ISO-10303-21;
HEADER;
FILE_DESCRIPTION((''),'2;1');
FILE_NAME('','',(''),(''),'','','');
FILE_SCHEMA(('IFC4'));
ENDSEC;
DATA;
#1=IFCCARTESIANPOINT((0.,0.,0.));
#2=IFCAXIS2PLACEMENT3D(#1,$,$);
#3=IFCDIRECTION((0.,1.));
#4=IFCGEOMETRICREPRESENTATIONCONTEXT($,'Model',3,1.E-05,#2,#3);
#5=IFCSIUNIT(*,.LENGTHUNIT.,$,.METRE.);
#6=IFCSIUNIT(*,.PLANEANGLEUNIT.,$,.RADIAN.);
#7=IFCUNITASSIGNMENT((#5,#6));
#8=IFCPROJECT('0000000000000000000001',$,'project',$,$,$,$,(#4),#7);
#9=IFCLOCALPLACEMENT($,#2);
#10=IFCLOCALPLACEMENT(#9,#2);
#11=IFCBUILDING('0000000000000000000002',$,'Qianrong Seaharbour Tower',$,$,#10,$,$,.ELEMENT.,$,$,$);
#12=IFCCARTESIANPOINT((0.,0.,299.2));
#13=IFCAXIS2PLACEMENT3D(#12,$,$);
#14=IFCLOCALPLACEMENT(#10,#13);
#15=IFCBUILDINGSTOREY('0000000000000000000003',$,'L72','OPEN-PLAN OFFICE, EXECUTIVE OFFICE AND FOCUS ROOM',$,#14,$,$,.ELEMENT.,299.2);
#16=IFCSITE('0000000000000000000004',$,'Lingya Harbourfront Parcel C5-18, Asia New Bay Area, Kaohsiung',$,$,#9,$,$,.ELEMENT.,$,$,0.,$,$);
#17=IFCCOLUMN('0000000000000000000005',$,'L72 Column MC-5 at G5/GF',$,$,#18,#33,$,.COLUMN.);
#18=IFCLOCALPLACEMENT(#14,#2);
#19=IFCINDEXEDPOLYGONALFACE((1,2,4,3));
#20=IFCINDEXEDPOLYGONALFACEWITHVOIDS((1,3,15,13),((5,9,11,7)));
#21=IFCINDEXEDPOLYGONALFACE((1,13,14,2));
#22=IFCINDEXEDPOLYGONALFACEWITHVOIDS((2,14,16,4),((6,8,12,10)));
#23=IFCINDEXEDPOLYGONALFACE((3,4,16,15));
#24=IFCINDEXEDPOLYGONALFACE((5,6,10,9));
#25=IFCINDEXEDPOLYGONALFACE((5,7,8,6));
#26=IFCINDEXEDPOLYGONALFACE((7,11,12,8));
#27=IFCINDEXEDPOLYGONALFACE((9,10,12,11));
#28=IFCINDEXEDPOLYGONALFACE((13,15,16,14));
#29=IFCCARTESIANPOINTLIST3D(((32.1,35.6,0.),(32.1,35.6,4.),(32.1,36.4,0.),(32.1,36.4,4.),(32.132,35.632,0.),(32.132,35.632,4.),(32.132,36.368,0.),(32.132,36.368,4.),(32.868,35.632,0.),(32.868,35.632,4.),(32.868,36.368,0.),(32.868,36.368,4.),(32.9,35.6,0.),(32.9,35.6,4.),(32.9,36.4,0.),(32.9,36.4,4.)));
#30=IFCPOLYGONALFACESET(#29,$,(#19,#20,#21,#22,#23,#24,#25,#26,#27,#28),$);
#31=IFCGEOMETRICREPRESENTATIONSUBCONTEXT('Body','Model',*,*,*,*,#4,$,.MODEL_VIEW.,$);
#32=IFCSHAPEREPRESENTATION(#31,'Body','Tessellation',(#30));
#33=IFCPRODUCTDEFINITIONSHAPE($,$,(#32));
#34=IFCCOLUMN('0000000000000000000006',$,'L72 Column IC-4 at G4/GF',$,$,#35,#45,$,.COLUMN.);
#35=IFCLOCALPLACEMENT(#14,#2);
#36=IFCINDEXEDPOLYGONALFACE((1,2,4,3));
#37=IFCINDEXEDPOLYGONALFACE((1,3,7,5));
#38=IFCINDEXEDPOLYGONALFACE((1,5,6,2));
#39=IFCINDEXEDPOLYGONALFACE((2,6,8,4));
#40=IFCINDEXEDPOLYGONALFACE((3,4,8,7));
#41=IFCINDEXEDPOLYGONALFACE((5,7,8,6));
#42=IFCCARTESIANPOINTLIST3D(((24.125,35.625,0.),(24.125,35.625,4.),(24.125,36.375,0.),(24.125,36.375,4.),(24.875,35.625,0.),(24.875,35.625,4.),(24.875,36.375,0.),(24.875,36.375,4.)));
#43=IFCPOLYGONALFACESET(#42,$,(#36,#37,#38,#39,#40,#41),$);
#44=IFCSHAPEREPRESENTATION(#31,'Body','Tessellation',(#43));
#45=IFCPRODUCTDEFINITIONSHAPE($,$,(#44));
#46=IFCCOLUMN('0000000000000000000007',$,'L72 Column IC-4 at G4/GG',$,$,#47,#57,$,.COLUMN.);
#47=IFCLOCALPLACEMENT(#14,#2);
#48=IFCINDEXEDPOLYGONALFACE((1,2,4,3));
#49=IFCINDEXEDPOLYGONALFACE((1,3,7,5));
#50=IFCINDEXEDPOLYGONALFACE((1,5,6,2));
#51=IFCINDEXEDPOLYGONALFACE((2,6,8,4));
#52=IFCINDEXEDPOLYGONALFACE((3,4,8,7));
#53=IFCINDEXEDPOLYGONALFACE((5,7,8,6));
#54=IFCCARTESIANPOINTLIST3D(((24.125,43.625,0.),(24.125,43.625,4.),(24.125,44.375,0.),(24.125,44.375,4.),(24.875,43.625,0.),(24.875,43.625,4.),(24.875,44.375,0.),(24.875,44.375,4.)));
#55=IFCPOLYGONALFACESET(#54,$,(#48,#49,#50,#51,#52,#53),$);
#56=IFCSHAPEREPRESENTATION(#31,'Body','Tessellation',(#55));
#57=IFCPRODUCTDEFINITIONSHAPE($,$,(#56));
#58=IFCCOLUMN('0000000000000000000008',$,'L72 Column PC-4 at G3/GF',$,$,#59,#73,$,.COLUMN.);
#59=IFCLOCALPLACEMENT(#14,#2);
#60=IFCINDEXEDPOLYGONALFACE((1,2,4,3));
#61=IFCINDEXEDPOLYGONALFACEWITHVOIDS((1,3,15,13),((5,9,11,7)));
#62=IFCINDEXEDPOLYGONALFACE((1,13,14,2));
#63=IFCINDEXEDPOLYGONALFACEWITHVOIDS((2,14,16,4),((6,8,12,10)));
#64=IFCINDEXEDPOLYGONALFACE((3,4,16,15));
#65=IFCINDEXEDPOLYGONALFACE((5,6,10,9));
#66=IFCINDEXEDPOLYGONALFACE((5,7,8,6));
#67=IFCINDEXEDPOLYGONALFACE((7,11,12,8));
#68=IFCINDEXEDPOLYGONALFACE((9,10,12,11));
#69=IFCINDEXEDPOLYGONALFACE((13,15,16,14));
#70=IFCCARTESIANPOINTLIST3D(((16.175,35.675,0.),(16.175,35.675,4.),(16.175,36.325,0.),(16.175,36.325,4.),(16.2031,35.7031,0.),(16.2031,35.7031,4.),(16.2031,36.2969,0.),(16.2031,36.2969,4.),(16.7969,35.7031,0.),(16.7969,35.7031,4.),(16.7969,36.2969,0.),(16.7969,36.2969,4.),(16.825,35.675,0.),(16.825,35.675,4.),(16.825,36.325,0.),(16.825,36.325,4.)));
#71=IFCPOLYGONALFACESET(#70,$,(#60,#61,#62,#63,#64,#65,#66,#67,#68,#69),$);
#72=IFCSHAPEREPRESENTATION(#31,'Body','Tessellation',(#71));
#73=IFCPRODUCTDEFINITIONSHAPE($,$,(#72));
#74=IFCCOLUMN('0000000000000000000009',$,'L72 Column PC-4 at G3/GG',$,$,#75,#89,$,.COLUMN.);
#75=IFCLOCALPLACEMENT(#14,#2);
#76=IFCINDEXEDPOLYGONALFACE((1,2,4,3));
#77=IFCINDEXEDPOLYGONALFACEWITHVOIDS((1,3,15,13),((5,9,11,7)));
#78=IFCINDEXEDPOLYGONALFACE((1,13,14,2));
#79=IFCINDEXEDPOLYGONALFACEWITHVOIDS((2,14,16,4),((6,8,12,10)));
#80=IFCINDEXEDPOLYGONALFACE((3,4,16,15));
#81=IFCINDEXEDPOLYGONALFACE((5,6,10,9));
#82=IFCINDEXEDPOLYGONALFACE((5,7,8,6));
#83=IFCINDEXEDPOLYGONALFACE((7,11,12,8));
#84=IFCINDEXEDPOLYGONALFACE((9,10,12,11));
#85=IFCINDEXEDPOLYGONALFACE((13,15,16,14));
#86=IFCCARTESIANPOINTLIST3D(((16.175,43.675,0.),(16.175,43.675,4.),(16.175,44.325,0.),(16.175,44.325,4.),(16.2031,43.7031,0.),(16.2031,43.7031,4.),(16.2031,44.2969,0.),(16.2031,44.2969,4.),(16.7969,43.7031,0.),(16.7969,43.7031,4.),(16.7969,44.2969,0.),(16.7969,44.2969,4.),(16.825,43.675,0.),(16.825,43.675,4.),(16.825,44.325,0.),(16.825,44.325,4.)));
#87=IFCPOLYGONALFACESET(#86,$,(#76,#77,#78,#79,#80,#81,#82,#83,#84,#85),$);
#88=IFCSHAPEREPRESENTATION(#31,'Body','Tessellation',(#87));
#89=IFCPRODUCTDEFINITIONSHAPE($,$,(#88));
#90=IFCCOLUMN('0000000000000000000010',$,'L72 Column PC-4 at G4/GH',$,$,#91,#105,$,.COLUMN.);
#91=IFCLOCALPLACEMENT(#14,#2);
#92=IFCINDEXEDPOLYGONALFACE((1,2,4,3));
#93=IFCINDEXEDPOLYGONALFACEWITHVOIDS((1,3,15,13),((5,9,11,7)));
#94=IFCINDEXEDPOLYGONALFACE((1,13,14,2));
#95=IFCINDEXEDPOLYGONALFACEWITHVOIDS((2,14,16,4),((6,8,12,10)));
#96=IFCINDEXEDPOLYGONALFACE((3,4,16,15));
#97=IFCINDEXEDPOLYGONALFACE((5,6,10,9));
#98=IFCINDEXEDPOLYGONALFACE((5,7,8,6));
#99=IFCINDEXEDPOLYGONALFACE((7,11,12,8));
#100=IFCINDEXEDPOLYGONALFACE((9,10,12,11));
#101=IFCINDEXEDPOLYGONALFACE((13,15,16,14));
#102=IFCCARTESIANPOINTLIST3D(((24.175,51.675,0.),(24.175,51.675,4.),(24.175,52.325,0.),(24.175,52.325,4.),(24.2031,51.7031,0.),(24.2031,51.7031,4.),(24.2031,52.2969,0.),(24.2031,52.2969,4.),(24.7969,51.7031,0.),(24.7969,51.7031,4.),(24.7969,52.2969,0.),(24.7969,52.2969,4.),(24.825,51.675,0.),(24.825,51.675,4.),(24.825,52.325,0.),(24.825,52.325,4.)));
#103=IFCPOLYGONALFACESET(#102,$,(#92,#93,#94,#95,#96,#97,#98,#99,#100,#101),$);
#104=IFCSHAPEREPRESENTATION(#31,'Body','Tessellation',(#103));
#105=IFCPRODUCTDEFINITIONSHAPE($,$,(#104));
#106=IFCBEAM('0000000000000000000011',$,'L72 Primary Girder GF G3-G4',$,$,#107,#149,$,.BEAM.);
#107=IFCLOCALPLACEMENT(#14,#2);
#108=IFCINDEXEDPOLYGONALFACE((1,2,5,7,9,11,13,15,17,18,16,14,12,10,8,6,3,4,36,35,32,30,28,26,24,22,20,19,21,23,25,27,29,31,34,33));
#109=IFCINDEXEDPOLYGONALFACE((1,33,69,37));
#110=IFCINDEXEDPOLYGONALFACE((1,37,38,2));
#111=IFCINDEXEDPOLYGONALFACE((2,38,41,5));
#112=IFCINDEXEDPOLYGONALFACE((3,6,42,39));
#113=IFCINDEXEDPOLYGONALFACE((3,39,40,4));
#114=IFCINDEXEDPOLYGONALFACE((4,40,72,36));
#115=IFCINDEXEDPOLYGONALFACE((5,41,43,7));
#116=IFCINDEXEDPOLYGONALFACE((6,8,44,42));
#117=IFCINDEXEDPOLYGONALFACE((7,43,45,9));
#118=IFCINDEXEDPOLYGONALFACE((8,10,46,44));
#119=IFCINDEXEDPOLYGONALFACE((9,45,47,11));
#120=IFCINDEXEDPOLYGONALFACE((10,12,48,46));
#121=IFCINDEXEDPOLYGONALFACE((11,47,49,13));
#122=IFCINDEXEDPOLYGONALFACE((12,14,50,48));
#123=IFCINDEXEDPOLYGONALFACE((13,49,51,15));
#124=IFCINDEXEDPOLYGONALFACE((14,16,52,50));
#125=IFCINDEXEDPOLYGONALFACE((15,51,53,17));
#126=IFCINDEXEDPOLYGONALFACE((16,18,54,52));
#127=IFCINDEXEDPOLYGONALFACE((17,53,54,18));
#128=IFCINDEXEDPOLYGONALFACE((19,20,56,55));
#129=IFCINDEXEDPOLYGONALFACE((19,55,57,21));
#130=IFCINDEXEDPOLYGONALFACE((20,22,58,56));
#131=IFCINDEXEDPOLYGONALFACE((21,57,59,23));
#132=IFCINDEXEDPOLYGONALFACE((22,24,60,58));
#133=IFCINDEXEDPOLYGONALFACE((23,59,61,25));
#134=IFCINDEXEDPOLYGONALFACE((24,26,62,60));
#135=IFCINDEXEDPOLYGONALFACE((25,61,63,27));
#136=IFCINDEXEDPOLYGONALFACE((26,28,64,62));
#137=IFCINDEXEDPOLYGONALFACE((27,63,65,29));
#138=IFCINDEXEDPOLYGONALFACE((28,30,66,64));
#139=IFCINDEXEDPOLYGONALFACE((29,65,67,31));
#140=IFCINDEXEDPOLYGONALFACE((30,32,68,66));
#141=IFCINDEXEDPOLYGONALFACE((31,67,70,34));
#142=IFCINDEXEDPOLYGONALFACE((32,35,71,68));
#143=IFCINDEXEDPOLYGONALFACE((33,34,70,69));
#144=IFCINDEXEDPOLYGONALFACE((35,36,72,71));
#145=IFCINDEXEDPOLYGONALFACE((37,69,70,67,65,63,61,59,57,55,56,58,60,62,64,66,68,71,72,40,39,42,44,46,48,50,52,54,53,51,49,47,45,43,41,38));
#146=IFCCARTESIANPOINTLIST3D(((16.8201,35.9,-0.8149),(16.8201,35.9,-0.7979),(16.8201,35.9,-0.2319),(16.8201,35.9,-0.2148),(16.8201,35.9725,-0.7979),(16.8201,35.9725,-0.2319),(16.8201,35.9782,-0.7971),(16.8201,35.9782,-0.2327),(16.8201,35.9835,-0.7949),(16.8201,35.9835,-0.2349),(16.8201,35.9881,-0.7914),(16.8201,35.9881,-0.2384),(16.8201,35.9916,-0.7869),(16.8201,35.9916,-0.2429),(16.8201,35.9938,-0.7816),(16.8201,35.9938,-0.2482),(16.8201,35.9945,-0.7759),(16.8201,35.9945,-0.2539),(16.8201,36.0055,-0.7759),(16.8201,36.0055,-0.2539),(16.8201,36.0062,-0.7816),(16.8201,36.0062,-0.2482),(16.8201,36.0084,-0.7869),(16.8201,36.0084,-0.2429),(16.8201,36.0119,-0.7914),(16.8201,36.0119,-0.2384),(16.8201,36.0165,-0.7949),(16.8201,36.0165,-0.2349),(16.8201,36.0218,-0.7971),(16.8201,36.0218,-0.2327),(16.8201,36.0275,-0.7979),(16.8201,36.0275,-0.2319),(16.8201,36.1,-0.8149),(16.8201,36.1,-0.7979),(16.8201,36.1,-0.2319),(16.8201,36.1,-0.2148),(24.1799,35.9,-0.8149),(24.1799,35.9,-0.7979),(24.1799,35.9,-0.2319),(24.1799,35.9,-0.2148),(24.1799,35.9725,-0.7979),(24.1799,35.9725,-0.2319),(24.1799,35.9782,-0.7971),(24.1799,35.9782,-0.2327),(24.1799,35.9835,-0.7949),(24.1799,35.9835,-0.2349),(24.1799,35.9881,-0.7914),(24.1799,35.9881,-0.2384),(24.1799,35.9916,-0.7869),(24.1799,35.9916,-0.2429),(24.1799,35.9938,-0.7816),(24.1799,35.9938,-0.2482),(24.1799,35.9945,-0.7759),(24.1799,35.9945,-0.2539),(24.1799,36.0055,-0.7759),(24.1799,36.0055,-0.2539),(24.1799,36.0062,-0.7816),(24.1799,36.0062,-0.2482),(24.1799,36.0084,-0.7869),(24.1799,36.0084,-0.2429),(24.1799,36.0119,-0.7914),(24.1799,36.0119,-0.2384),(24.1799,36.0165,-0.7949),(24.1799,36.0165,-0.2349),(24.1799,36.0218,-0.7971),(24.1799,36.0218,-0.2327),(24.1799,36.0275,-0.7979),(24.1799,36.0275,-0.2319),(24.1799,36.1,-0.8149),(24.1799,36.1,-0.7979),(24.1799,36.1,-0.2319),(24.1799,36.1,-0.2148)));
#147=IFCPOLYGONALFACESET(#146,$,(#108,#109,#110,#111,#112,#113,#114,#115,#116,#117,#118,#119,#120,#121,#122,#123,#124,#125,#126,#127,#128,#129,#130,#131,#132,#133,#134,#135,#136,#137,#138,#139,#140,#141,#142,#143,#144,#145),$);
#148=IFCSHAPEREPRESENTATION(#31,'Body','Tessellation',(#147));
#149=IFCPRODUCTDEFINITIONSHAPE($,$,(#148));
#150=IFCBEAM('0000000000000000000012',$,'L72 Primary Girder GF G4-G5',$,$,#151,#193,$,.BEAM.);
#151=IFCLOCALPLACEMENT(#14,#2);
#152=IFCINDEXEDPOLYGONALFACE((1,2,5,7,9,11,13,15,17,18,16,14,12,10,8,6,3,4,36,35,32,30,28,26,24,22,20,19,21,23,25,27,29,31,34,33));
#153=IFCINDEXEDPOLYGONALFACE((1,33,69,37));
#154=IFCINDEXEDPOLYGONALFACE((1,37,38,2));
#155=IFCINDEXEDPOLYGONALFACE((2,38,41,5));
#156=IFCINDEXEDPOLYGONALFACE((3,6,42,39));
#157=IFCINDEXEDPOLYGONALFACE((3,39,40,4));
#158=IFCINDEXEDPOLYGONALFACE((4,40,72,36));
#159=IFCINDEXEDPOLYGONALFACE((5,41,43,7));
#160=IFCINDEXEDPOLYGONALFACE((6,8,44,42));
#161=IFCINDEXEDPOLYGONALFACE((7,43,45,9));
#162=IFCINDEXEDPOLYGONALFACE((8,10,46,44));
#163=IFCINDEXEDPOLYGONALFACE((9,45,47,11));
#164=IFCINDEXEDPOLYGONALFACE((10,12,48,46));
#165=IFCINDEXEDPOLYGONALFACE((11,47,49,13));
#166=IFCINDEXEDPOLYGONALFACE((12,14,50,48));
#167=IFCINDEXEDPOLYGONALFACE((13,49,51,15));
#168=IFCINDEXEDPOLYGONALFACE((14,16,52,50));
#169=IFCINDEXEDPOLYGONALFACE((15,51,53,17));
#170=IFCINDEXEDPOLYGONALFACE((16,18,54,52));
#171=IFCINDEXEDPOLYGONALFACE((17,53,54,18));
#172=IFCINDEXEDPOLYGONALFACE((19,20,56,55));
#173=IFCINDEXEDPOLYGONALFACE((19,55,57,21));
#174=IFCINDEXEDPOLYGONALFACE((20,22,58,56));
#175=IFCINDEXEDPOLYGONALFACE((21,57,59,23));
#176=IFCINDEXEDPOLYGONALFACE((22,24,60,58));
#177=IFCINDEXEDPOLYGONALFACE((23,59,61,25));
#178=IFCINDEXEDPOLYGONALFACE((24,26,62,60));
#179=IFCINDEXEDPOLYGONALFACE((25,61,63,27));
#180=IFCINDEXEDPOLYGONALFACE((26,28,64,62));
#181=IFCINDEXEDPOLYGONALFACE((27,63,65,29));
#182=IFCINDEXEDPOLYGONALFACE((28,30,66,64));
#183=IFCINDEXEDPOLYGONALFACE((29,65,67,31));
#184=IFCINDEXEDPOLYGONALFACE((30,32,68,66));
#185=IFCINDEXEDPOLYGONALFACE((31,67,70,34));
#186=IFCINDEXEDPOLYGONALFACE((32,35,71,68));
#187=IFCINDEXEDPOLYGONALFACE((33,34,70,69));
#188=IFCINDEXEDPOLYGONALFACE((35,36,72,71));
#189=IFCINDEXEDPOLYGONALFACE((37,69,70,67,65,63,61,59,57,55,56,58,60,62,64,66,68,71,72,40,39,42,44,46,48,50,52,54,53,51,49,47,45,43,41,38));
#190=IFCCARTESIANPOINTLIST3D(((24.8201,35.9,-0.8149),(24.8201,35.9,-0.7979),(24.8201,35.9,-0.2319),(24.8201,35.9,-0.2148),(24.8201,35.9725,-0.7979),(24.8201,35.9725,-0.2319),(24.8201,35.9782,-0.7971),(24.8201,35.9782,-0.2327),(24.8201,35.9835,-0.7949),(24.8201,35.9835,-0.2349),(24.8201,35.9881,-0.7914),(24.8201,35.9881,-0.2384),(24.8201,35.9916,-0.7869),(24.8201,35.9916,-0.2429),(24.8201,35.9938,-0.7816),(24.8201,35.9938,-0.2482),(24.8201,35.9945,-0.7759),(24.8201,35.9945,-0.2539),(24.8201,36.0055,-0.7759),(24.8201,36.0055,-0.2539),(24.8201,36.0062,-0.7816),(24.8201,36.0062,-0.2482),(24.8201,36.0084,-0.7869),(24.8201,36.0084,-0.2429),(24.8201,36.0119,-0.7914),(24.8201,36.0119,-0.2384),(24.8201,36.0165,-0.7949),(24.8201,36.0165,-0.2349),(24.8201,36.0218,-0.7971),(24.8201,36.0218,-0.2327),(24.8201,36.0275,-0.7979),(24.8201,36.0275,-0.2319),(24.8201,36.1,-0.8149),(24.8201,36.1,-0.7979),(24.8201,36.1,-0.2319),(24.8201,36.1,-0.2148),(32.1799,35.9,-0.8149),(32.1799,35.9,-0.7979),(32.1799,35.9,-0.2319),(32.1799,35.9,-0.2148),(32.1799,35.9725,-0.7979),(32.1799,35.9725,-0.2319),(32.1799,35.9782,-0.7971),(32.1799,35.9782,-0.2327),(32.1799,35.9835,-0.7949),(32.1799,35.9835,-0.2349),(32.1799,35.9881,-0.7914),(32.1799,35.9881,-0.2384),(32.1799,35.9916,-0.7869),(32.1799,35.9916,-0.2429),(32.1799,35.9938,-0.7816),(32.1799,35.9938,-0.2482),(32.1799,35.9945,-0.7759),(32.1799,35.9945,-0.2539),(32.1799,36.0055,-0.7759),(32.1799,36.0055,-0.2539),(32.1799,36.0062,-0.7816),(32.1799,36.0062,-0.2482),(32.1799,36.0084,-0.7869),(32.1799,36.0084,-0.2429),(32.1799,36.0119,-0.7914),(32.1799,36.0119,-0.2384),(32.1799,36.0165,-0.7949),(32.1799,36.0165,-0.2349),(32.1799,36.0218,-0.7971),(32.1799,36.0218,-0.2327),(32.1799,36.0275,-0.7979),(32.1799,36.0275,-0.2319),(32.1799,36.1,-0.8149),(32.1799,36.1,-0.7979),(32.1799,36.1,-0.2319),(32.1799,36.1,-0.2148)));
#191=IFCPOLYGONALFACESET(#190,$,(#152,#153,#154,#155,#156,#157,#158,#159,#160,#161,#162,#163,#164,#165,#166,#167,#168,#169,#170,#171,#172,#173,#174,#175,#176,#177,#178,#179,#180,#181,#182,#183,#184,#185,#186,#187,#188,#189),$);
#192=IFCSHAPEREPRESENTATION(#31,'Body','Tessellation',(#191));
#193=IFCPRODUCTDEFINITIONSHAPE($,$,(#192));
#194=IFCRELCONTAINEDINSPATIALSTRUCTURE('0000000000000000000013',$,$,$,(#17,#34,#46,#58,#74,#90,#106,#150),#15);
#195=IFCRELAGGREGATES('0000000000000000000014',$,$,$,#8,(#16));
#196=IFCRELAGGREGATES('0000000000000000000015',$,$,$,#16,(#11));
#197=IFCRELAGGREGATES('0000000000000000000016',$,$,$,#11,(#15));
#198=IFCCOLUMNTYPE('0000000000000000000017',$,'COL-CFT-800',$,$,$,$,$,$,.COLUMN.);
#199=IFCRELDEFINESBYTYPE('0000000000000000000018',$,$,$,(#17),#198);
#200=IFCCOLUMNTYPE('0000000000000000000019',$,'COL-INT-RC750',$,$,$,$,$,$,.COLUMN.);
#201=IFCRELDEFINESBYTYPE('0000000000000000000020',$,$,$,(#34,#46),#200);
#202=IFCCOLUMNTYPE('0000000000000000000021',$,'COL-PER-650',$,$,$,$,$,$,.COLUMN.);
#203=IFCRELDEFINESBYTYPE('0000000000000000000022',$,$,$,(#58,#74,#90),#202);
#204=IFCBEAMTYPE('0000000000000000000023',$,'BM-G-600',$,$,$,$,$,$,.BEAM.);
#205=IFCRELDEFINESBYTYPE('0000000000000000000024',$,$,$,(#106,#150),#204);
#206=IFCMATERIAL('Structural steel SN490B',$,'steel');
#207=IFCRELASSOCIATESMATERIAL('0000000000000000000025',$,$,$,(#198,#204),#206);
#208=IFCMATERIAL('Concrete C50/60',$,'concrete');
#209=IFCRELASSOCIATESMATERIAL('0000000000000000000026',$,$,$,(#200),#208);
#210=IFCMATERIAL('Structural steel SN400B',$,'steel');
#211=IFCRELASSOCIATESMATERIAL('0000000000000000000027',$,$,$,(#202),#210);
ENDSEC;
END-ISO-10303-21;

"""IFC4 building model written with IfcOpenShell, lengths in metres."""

from ifc_helpers import new_model, si_unit, direction, frame, origin, origin_2d, place, context, subcontext, project, spatial, rectangle, hollow_rectangle, i_section, extrude, material, material_profile, profile_set, type_object, element, save


model = new_model("IFC4")

# Units and contexts
model_context = context("Model", 3, precision=1e-05, world=origin(), true_north=direction((0.0, 1.0)))
body_context = subcontext(model_context, "Body", "Model", "MODEL_VIEW")
ifc_project = project(units=[si_unit("LENGTHUNIT", "METRE"), si_unit("PLANEANGLEUNIT", "RADIAN")], contexts=[model_context])

# Site, building, storey
site_placement = place(None, origin())
site = spatial("IfcSite", under=ifc_project, at=site_placement, Name="Lingya Harbourfront Parcel C5-18, Asia New Bay Area, Kaohsiung", CompositionType="ELEMENT", RefElevation=0.0)
building_placement = place(site_placement, origin())
building = spatial("IfcBuilding", under=site, at=building_placement, Name="Qianrong Seaharbour Tower", CompositionType="ELEMENT")
storey_placement = place(building_placement, frame((0.0, 0.0, 299.2)))
storey = spatial("IfcBuildingStorey", under=building, at=storey_placement, Name="L72", Description="OPEN-PLAN OFFICE, EXECUTIVE OFFICE AND FOCUS ROOM", CompositionType="ELEMENT", Elevation=299.2)

# Columns
ifc_material_1 = material(Name="Structural steel SN490B", Category="steel")
ifc_material_profile_1 = material_profile(ifc_material_1, hollow_rectangle(XDim=0.8, YDim=0.8, WallThickness=0.032, at=origin_2d()), Name="BOX800x800x32")
ifc_profile_set_1 = profile_set([ifc_material_profile_1], Name="Structural steel SN490B")
column_type_1 = type_object("IfcColumnType", Name="COL-CFT-800", PredefinedType="COLUMN", material=ifc_profile_set_1)
column_placement = place(storey_placement, frame((32.5, 36.0, 0.0), z_axis=(0.0, 0.0, 1.0), x_axis=(1.0, 0.0, 0.0)))
element("IfcColumn", 1, at=column_placement, inside=storey, type_object=column_type_1, Name="L72 Column MC-5 at G5/GF", PredefinedType="COLUMN", context=body_context, shape_type="SweptSolid", body=[
    extrude(hollow_rectangle(XDim=0.8, YDim=0.8, WallThickness=0.032, at=origin_2d()), origin(), (0.0, 0.0, 1.0), 4.0),
])
ifc_material_2 = material(Name="Concrete C50/60", Category="concrete")
ifc_material_profile_2 = material_profile(ifc_material_2, rectangle(XDim=0.75, YDim=0.75, at=origin_2d()), Name="RC750x750")
ifc_profile_set_2 = profile_set([ifc_material_profile_2], Name="Concrete C50/60")
column_type_2 = type_object("IfcColumnType", Name="COL-INT-RC750", PredefinedType="COLUMN", material=ifc_profile_set_2)
for number, where, z_axis, x_axis, name in (
    (2, (24.5, 36.0, 0.0), (0.0, 0.0, 1.0), (1.0, 0.0, 0.0), "L72 Column IC-4 at G4/GF"),
    (3, (24.5, 44.0, 0.0), (0.0, 0.0, 1.0), (1.0, 0.0, 0.0), "L72 Column IC-4 at G4/GG"),
):
    element("IfcColumn", number, at=place(storey_placement, frame(where, z_axis=z_axis, x_axis=x_axis)), inside=storey, type_object=column_type_2, Name=name, PredefinedType="COLUMN", context=body_context, shape_type="SweptSolid", body=[
        extrude(rectangle(XDim=0.75, YDim=0.75, at=origin_2d()), origin(), (0.0, 0.0, 1.0), 4.0),
    ])
ifc_material_3 = material(Name="Structural steel SN400B", Category="steel")
ifc_material_profile_3 = material_profile(ifc_material_3, hollow_rectangle(XDim=0.6499, YDim=0.6499, WallThickness=0.0281, at=origin_2d()), Name="BOX650x650x28")
ifc_profile_set_3 = profile_set([ifc_material_profile_3], Name="Structural steel SN400B")
column_type_3 = type_object("IfcColumnType", Name="COL-PER-650", PredefinedType="COLUMN", material=ifc_profile_set_3)
for number, where, z_axis, x_axis, name in (
    (4, (16.5, 36.0, 0.0), (0.0, 0.0, 1.0), (1.0, 0.0, 0.0), "L72 Column PC-4 at G3/GF"),
    (5, (16.5, 44.0, 0.0), (0.0, 0.0, 1.0), (1.0, 0.0, 0.0), "L72 Column PC-4 at G3/GG"),
    (6, (24.5, 52.0, 0.0), (0.0, 0.0, 1.0), (1.0, 0.0, 0.0), "L72 Column PC-4 at G4/GH"),
):
    element("IfcColumn", number, at=place(storey_placement, frame(where, z_axis=z_axis, x_axis=x_axis)), inside=storey, type_object=column_type_3, Name=name, PredefinedType="COLUMN", context=body_context, shape_type="SweptSolid", body=[
        extrude(hollow_rectangle(XDim=0.6499, YDim=0.6499, WallThickness=0.0281, at=origin_2d()), origin(), (0.0, 0.0, 1.0), 4.0),
    ])

# Beams
ifc_material_profile_4 = material_profile(ifc_material_1, i_section(OverallWidth=0.2, OverallDepth=0.6001, WebThickness=0.011, FlangeThickness=0.0171, FilletRadius=0.022, at=origin_2d()), Name="H600x200x11x17")
ifc_profile_set_4 = profile_set([ifc_material_profile_4], Name="Structural steel SN490B")
beam_type_1 = type_object("IfcBeamType", Name="BM-G-600", PredefinedType="BEAM", material=ifc_profile_set_4)
for number, where, z_axis, x_axis, name in (
    (7, (16.8201, 36.0, -0.5149), (1.0, 0.0, 0.0), (0.0, 1.0, 0.0), "L72 Primary Girder GF G3-G4"),
    (8, (24.8201, 36.0, -0.5149), (1.0, 0.0, 0.0), (0.0, 1.0, 0.0), "L72 Primary Girder GF G4-G5"),
):
    element("IfcBeam", number, at=place(storey_placement, frame(where, z_axis=z_axis, x_axis=x_axis)), inside=storey, type_object=beam_type_1, Name=name, PredefinedType="BEAM", context=body_context, shape_type="SweptSolid", body=[
        extrude(i_section(OverallWidth=0.2, OverallDepth=0.6001, WebThickness=0.011, FlangeThickness=0.0171, FilletRadius=0.022, at=origin_2d()), origin(), (0.0, 0.0, 1.0), 7.3599),
    ])

save(model, "model.ifc")
